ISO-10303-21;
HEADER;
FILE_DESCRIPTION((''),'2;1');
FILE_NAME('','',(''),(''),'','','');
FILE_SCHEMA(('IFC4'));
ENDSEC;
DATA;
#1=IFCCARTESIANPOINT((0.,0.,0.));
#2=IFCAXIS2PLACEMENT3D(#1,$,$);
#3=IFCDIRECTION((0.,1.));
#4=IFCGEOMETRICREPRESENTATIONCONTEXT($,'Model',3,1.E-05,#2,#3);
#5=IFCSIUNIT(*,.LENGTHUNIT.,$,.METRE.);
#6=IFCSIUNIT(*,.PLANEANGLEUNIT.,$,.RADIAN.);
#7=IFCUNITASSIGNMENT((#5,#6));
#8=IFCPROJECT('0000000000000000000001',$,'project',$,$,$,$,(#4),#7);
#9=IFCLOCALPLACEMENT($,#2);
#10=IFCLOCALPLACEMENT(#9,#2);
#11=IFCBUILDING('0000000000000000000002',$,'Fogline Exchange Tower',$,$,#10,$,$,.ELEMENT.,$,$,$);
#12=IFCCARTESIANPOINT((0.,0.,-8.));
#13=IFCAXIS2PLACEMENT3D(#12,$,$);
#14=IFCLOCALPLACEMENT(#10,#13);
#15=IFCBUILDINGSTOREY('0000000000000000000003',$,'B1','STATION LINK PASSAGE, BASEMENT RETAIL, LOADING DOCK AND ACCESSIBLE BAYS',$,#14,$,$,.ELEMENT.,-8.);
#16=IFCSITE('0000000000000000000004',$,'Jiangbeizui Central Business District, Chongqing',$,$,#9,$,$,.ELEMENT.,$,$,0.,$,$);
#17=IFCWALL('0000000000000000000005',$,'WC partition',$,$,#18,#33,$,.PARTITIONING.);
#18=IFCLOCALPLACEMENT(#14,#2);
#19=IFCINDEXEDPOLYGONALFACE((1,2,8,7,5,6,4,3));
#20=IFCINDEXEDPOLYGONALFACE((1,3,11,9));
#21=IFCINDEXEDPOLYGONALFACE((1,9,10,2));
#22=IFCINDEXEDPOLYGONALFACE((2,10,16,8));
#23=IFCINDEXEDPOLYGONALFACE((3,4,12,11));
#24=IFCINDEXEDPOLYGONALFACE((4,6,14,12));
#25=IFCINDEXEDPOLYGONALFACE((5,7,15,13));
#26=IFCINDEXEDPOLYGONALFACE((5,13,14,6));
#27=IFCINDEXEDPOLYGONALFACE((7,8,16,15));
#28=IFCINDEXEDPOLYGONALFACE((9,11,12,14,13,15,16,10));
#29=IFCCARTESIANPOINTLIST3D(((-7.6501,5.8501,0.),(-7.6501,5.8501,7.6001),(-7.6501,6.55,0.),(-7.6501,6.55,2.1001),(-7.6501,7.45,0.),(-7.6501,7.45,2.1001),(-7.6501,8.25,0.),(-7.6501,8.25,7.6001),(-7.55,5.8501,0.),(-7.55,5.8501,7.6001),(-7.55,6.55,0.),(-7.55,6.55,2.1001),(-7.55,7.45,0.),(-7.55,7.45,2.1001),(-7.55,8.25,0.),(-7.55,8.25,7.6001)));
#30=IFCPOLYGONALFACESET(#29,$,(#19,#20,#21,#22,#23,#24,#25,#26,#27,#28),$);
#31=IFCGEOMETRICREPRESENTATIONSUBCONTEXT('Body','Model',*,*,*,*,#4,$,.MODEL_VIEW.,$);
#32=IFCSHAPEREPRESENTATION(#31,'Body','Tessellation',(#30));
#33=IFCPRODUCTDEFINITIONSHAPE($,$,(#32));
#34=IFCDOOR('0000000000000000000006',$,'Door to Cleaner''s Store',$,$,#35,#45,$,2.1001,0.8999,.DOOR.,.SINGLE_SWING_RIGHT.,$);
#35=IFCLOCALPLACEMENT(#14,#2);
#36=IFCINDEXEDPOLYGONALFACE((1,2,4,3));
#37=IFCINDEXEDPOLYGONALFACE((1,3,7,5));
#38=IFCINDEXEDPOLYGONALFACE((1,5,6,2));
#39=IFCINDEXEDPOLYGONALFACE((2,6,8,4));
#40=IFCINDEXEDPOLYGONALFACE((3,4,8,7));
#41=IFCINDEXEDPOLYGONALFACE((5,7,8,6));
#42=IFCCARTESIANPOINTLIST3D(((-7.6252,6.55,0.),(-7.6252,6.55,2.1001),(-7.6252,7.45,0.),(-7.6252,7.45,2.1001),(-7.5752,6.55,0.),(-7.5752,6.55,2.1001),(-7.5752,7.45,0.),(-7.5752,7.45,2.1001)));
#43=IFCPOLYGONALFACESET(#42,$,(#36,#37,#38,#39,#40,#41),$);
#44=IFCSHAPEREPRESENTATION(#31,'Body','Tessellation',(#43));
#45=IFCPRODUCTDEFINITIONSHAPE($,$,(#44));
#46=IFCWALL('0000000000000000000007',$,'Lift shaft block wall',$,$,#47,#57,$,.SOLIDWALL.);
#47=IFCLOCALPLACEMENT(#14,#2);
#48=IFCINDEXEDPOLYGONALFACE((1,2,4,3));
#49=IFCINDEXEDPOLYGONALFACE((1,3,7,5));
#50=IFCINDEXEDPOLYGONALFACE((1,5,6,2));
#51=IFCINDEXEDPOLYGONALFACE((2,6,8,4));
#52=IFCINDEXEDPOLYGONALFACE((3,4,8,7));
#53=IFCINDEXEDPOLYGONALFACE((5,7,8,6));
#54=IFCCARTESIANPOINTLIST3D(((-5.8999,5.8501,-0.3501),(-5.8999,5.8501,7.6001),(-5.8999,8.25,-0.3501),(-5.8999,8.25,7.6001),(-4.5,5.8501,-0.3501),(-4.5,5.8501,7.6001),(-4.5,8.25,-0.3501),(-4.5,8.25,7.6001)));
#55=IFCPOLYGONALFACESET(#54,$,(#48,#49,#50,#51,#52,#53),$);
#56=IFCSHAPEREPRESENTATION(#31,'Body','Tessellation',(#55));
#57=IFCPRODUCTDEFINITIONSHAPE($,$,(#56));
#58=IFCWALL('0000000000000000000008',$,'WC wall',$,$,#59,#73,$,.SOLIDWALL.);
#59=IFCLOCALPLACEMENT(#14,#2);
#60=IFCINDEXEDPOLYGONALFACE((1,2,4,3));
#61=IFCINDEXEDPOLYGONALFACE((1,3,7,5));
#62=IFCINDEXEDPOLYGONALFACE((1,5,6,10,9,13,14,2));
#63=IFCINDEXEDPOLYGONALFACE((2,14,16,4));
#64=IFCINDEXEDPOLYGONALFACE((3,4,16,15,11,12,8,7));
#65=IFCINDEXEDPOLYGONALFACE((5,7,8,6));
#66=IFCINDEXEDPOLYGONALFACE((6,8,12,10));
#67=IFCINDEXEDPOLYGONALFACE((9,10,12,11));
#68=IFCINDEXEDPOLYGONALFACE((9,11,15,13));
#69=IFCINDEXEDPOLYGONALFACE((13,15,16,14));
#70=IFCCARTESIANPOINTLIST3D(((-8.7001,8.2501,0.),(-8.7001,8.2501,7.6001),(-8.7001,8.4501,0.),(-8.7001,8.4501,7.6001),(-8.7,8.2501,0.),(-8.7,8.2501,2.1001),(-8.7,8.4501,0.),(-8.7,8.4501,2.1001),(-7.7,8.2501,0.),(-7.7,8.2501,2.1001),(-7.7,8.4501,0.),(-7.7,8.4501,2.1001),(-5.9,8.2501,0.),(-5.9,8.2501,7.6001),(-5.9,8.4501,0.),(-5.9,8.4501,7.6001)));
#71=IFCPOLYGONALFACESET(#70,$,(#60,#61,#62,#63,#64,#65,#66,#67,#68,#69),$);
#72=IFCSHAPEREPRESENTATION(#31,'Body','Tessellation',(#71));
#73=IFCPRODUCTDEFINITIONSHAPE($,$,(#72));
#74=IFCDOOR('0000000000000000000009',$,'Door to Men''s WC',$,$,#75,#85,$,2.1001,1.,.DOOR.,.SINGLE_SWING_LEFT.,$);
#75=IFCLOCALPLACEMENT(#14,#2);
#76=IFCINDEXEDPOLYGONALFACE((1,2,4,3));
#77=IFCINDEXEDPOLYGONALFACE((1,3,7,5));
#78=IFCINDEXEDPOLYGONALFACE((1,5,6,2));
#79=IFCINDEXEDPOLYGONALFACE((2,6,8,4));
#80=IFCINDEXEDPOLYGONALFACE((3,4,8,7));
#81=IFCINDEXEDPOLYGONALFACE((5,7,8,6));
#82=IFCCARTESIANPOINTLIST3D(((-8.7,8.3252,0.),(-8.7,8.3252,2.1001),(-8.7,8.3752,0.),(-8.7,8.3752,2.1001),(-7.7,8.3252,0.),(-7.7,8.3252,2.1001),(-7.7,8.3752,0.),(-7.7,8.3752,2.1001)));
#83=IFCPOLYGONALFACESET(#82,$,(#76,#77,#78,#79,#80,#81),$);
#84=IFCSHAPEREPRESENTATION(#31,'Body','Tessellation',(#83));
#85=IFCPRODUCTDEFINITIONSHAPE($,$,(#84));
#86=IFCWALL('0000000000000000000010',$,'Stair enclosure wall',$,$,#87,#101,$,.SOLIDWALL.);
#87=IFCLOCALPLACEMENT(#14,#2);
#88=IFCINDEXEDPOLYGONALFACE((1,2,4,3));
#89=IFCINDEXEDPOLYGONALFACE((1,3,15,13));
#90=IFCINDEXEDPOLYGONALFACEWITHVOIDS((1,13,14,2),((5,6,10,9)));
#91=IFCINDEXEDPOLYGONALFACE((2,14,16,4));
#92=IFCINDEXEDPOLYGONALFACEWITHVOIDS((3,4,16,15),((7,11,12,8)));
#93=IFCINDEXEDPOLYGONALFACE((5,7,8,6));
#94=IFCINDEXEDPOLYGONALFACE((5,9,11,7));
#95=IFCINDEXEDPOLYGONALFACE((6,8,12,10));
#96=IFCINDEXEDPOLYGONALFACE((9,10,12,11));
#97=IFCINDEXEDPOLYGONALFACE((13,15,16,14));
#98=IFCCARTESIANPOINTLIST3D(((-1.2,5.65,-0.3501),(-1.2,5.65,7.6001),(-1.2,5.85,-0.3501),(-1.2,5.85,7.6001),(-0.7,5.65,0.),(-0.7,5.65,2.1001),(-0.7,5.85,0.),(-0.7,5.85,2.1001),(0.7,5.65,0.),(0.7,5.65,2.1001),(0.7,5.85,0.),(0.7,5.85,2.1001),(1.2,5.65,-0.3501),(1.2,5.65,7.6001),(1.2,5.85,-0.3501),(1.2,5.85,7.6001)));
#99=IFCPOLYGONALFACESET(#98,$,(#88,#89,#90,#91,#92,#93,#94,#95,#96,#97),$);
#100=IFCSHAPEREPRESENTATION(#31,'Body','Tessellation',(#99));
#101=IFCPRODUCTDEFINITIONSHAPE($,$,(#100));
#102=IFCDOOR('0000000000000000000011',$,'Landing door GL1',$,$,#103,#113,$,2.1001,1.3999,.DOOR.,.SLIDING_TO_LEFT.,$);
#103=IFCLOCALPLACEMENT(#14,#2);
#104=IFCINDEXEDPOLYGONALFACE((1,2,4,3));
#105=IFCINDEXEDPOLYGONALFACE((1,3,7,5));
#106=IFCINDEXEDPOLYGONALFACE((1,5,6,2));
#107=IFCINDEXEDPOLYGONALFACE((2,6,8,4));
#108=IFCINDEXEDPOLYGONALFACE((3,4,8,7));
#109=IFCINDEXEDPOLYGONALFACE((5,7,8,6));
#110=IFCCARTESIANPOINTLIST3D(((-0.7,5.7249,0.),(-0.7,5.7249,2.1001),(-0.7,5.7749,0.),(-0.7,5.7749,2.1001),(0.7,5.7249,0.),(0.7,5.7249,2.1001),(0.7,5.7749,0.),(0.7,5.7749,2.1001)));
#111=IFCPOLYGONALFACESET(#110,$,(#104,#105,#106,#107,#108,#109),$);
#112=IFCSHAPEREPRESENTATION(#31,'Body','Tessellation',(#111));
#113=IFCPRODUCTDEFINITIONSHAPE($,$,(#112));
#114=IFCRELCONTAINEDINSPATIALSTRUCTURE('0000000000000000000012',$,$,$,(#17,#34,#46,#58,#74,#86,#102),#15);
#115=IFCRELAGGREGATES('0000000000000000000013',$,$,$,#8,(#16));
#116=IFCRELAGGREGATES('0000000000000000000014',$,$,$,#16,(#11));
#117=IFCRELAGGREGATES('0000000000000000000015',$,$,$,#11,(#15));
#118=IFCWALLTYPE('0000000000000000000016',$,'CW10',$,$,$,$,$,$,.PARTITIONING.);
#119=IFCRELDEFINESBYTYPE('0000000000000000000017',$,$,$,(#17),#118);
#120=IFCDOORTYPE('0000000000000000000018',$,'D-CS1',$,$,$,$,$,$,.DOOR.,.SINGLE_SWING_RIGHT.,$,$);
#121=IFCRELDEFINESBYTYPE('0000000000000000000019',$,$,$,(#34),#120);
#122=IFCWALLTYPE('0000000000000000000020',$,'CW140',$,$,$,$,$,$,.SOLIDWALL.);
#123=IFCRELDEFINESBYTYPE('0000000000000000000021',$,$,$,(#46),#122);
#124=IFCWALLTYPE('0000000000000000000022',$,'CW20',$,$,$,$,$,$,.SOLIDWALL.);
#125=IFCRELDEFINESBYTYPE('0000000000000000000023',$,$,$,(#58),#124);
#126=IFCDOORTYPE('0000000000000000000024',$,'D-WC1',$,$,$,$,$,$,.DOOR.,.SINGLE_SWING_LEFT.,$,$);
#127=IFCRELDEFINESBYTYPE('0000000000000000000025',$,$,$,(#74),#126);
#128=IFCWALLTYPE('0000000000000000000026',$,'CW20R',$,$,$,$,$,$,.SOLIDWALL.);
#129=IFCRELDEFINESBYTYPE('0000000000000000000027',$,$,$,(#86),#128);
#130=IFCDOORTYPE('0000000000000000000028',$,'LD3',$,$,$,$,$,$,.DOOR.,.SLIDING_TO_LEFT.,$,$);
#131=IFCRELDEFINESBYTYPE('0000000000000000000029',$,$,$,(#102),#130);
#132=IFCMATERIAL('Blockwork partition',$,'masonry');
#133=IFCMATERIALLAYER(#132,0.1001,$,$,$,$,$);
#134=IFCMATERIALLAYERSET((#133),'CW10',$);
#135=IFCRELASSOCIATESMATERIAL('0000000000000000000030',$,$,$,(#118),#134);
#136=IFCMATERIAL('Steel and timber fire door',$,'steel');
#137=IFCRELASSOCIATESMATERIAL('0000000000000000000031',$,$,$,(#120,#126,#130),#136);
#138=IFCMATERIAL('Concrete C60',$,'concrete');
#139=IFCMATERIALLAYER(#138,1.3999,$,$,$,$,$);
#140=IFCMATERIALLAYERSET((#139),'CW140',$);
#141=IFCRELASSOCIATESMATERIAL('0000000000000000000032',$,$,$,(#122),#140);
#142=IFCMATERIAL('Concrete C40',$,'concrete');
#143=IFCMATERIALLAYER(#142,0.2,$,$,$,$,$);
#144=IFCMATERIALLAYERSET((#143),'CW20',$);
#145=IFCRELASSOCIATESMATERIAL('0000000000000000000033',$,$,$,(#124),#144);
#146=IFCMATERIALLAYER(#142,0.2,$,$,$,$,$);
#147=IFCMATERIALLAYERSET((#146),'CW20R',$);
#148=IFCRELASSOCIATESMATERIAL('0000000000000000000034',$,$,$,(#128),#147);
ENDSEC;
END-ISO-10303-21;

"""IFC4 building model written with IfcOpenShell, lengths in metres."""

from ifc_helpers import new_model, si_unit, direction, frame, frame_2d, origin, place, context, subcontext, project, spatial, rectangle, extrude, material, layer, layer_set, type_object, element, fill, save


model = new_model("IFC4")

# Units and contexts
model_context = context("Model", 3, precision=1e-05, world=origin(), true_north=direction((0.0, 1.0)))
body_context = subcontext(model_context, "Body", "Model", "MODEL_VIEW")
ifc_project = project(units=[si_unit("LENGTHUNIT", "METRE"), si_unit("PLANEANGLEUNIT", "RADIAN")], contexts=[model_context])

# Site, building, storey
site_placement = place(None, origin())
site = spatial("IfcSite", under=ifc_project, at=site_placement, Name="Jiangbeizui Central Business District, Chongqing", CompositionType="ELEMENT", RefElevation=0.0)
building_placement = place(site_placement, origin())
building = spatial("IfcBuilding", under=site, at=building_placement, Name="Fogline Exchange Tower", CompositionType="ELEMENT")
storey_placement = place(building_placement, frame((0.0, 0.0, -8.0)))
storey = spatial("IfcBuildingStorey", under=building, at=storey_placement, Name="B1", Description="STATION LINK PASSAGE, BASEMENT RETAIL, LOADING DOCK AND ACCESSIBLE BAYS", CompositionType="ELEMENT", Elevation=-8.0)

# Wall, opening, door
ifc_material_1 = material(Name="Blockwork partition", Category="masonry")
ifc_layer_1 = layer(ifc_material_1, 0.1001)
ifc_layer_set_1 = layer_set([ifc_layer_1], Name="CW10")
wall_type_1 = type_object("IfcWallType", Name="CW10", PredefinedType="PARTITIONING", material=ifc_layer_set_1)
wall_1_placement = place(storey_placement, frame((-7.6001, 5.8501, 0.0), z_axis=(0.0, 0.0, 1.0), x_axis=(0.0, 1.0, 0.0)))
wall_1 = element("IfcWall", 1, at=wall_1_placement, inside=storey, type_object=wall_type_1, Name="WC partition", PredefinedType="PARTITIONING", context=body_context, shape_type="SweptSolid", body=[
    extrude(rectangle(XDim=2.3999, YDim=0.1001, at=frame_2d((1.2, 0.0))), origin(), (0.0, 0.0, 1.0), 7.6001),
])
opening_1_placement = place(wall_1_placement, frame((0.7, 0.0, 0.0)))
opening_1 = element("IfcOpeningElement", 2, at=opening_1_placement, cuts=wall_1, PredefinedType="OPENING", context=body_context, shape_type="SweptSolid", body=[
    extrude(rectangle(XDim=0.8999, YDim=2.1001, at=frame_2d((0.45, 1.05))), frame((0.0, 0.0601, 0.0), z_axis=(0.0, -1.0, 0.0), x_axis=(1.0, 0.0, 0.0)), (0.0, 0.0, 1.0), 0.1201),
])
ifc_material_2 = material(Name="Steel and timber fire door", Category="steel")
door_type_1 = type_object("IfcDoorType", Name="D-CS1", OperationType="SINGLE_SWING_RIGHT", PredefinedType="DOOR", material=ifc_material_2)
door_1_placement = place(opening_1_placement, frame((0.8999, 0.0, 0.0), z_axis=(0.0, 0.0, 1.0), x_axis=(-1.0, 0.0, 0.0)))
door_1 = element("IfcDoor", 3, at=door_1_placement, inside=storey, type_object=door_type_1, Name="Door to Cleaner's Store", OperationType="SINGLE_SWING_RIGHT", OverallHeight=2.1001, OverallWidth=0.8999, PredefinedType="DOOR", context=body_context, shape_type="SweptSolid", body=[
    extrude(rectangle(XDim=0.8999, YDim=2.1001, at=frame_2d((0.45, 1.05))), frame((0.0, 0.0249, 0.0), z_axis=(0.0, -1.0, 0.0), x_axis=(1.0, 0.0, 0.0)), (0.0, 0.0, 1.0), 0.05),
])
fill(opening_1, door_1)

# Wall
ifc_material_3 = material(Name="Concrete C60", Category="concrete")
ifc_layer_2 = layer(ifc_material_3, 1.3999)
ifc_layer_set_2 = layer_set([ifc_layer_2], Name="CW140")
wall_type_2 = type_object("IfcWallType", Name="CW140", PredefinedType="SOLIDWALL", material=ifc_layer_set_2)
wall_2_placement = place(storey_placement, frame((-5.2, 5.8501, -0.3501), z_axis=(0.0, 0.0, 1.0), x_axis=(0.0, 1.0, 0.0)))
element("IfcWall", 4, at=wall_2_placement, inside=storey, type_object=wall_type_2, Name="Lift shaft block wall", PredefinedType="SOLIDWALL", context=body_context, shape_type="SweptSolid", body=[
    extrude(rectangle(XDim=2.3999, YDim=1.3999, at=frame_2d((1.2, 0.0))), origin(), (0.0, 0.0, 1.0), 7.9502),
])

# Walls, openings, doors
ifc_material_4 = material(Name="Concrete C40", Category="concrete")
ifc_layer_3 = layer(ifc_material_4, 0.2)
ifc_layer_set_3 = layer_set([ifc_layer_3], Name="CW20")
wall_type_3 = type_object("IfcWallType", Name="CW20", PredefinedType="SOLIDWALL", material=ifc_layer_set_3)
wall_3_placement = place(storey_placement, frame((-8.7, 8.3501, 0.0), z_axis=(0.0, 0.0, 1.0), x_axis=(1.0, 0.0, 0.0)))
wall_3 = element("IfcWall", 5, at=wall_3_placement, inside=storey, type_object=wall_type_3, Name="WC wall", PredefinedType="SOLIDWALL", context=body_context, shape_type="SweptSolid", body=[
    extrude(rectangle(XDim=2.8, YDim=0.2, at=frame_2d((1.3999, 0.0))), origin(), (0.0, 0.0, 1.0), 7.6001),
])
opening_2_placement = place(wall_3_placement, origin())
opening_2 = element("IfcOpeningElement", 6, at=opening_2_placement, cuts=wall_3, PredefinedType="OPENING", context=body_context, shape_type="SweptSolid", body=[
    extrude(rectangle(XDim=1.0, YDim=2.1001, at=frame_2d((0.5, 1.05))), frame((0.0, 0.1099, 0.0), z_axis=(0.0, -1.0, 0.0), x_axis=(1.0, 0.0, 0.0)), (0.0, 0.0, 1.0), 0.22),
])
door_type_2 = type_object("IfcDoorType", Name="D-WC1", OperationType="SINGLE_SWING_LEFT", PredefinedType="DOOR", material=ifc_material_2)
door_2_placement = place(opening_2_placement, frame((1.0, 0.0, 0.0), z_axis=(0.0, 0.0, 1.0), x_axis=(-1.0, 0.0, 0.0)))
door_2 = element("IfcDoor", 7, at=door_2_placement, inside=storey, type_object=door_type_2, Name="Door to Men's WC", OperationType="SINGLE_SWING_LEFT", OverallHeight=2.1001, OverallWidth=1.0, PredefinedType="DOOR", context=body_context, shape_type="SweptSolid", body=[
    extrude(rectangle(XDim=1.0, YDim=2.1001, at=frame_2d((0.5, 1.05))), frame((0.0, 0.0249, 0.0), z_axis=(0.0, -1.0, 0.0), x_axis=(1.0, 0.0, 0.0)), (0.0, 0.0, 1.0), 0.05),
])
fill(opening_2, door_2)
ifc_layer_4 = layer(ifc_material_4, 0.2)
ifc_layer_set_4 = layer_set([ifc_layer_4], Name="CW20R")
wall_type_4 = type_object("IfcWallType", Name="CW20R", PredefinedType="SOLIDWALL", material=ifc_layer_set_4)
wall_4_placement = place(storey_placement, frame((-1.2, 5.75, -0.3501), z_axis=(0.0, 0.0, 1.0), x_axis=(1.0, 0.0, 0.0)))
wall_4 = element("IfcWall", 8, at=wall_4_placement, inside=storey, type_object=wall_type_4, Name="Stair enclosure wall", PredefinedType="SOLIDWALL", context=body_context, shape_type="SweptSolid", body=[
    extrude(rectangle(XDim=2.3999, YDim=0.2, at=frame_2d((1.2, 0.0))), origin(), (0.0, 0.0, 1.0), 7.9502),
])
opening_3_placement = place(wall_4_placement, frame((0.5, 0.0, 0.3501)))
opening_3 = element("IfcOpeningElement", 9, at=opening_3_placement, cuts=wall_4, PredefinedType="OPENING", context=body_context, shape_type="SweptSolid", body=[
    extrude(rectangle(XDim=1.3999, YDim=2.1001, at=frame_2d((0.7, 1.05))), frame((0.0, 0.1099, 0.0), z_axis=(0.0, -1.0, 0.0), x_axis=(1.0, 0.0, 0.0)), (0.0, 0.0, 1.0), 0.22),
])
door_type_3 = type_object("IfcDoorType", Name="LD3", OperationType="SLIDING_TO_LEFT", PredefinedType="DOOR", material=ifc_material_2)
door_3_placement = place(opening_3_placement, origin())
door_3 = element("IfcDoor", 10, at=door_3_placement, inside=storey, type_object=door_type_3, Name="Landing door GL1", OperationType="SLIDING_TO_LEFT", OverallHeight=2.1001, OverallWidth=1.3999, PredefinedType="DOOR", context=body_context, shape_type="SweptSolid", body=[
    extrude(rectangle(XDim=1.3999, YDim=2.1001, at=frame_2d((0.7, 1.05))), frame((0.0, 0.0249, 0.0), z_axis=(0.0, -1.0, 0.0), x_axis=(1.0, 0.0, 0.0)), (0.0, 0.0, 1.0), 0.05),
])
fill(opening_3, door_3)

save(model, "model.ifc")
